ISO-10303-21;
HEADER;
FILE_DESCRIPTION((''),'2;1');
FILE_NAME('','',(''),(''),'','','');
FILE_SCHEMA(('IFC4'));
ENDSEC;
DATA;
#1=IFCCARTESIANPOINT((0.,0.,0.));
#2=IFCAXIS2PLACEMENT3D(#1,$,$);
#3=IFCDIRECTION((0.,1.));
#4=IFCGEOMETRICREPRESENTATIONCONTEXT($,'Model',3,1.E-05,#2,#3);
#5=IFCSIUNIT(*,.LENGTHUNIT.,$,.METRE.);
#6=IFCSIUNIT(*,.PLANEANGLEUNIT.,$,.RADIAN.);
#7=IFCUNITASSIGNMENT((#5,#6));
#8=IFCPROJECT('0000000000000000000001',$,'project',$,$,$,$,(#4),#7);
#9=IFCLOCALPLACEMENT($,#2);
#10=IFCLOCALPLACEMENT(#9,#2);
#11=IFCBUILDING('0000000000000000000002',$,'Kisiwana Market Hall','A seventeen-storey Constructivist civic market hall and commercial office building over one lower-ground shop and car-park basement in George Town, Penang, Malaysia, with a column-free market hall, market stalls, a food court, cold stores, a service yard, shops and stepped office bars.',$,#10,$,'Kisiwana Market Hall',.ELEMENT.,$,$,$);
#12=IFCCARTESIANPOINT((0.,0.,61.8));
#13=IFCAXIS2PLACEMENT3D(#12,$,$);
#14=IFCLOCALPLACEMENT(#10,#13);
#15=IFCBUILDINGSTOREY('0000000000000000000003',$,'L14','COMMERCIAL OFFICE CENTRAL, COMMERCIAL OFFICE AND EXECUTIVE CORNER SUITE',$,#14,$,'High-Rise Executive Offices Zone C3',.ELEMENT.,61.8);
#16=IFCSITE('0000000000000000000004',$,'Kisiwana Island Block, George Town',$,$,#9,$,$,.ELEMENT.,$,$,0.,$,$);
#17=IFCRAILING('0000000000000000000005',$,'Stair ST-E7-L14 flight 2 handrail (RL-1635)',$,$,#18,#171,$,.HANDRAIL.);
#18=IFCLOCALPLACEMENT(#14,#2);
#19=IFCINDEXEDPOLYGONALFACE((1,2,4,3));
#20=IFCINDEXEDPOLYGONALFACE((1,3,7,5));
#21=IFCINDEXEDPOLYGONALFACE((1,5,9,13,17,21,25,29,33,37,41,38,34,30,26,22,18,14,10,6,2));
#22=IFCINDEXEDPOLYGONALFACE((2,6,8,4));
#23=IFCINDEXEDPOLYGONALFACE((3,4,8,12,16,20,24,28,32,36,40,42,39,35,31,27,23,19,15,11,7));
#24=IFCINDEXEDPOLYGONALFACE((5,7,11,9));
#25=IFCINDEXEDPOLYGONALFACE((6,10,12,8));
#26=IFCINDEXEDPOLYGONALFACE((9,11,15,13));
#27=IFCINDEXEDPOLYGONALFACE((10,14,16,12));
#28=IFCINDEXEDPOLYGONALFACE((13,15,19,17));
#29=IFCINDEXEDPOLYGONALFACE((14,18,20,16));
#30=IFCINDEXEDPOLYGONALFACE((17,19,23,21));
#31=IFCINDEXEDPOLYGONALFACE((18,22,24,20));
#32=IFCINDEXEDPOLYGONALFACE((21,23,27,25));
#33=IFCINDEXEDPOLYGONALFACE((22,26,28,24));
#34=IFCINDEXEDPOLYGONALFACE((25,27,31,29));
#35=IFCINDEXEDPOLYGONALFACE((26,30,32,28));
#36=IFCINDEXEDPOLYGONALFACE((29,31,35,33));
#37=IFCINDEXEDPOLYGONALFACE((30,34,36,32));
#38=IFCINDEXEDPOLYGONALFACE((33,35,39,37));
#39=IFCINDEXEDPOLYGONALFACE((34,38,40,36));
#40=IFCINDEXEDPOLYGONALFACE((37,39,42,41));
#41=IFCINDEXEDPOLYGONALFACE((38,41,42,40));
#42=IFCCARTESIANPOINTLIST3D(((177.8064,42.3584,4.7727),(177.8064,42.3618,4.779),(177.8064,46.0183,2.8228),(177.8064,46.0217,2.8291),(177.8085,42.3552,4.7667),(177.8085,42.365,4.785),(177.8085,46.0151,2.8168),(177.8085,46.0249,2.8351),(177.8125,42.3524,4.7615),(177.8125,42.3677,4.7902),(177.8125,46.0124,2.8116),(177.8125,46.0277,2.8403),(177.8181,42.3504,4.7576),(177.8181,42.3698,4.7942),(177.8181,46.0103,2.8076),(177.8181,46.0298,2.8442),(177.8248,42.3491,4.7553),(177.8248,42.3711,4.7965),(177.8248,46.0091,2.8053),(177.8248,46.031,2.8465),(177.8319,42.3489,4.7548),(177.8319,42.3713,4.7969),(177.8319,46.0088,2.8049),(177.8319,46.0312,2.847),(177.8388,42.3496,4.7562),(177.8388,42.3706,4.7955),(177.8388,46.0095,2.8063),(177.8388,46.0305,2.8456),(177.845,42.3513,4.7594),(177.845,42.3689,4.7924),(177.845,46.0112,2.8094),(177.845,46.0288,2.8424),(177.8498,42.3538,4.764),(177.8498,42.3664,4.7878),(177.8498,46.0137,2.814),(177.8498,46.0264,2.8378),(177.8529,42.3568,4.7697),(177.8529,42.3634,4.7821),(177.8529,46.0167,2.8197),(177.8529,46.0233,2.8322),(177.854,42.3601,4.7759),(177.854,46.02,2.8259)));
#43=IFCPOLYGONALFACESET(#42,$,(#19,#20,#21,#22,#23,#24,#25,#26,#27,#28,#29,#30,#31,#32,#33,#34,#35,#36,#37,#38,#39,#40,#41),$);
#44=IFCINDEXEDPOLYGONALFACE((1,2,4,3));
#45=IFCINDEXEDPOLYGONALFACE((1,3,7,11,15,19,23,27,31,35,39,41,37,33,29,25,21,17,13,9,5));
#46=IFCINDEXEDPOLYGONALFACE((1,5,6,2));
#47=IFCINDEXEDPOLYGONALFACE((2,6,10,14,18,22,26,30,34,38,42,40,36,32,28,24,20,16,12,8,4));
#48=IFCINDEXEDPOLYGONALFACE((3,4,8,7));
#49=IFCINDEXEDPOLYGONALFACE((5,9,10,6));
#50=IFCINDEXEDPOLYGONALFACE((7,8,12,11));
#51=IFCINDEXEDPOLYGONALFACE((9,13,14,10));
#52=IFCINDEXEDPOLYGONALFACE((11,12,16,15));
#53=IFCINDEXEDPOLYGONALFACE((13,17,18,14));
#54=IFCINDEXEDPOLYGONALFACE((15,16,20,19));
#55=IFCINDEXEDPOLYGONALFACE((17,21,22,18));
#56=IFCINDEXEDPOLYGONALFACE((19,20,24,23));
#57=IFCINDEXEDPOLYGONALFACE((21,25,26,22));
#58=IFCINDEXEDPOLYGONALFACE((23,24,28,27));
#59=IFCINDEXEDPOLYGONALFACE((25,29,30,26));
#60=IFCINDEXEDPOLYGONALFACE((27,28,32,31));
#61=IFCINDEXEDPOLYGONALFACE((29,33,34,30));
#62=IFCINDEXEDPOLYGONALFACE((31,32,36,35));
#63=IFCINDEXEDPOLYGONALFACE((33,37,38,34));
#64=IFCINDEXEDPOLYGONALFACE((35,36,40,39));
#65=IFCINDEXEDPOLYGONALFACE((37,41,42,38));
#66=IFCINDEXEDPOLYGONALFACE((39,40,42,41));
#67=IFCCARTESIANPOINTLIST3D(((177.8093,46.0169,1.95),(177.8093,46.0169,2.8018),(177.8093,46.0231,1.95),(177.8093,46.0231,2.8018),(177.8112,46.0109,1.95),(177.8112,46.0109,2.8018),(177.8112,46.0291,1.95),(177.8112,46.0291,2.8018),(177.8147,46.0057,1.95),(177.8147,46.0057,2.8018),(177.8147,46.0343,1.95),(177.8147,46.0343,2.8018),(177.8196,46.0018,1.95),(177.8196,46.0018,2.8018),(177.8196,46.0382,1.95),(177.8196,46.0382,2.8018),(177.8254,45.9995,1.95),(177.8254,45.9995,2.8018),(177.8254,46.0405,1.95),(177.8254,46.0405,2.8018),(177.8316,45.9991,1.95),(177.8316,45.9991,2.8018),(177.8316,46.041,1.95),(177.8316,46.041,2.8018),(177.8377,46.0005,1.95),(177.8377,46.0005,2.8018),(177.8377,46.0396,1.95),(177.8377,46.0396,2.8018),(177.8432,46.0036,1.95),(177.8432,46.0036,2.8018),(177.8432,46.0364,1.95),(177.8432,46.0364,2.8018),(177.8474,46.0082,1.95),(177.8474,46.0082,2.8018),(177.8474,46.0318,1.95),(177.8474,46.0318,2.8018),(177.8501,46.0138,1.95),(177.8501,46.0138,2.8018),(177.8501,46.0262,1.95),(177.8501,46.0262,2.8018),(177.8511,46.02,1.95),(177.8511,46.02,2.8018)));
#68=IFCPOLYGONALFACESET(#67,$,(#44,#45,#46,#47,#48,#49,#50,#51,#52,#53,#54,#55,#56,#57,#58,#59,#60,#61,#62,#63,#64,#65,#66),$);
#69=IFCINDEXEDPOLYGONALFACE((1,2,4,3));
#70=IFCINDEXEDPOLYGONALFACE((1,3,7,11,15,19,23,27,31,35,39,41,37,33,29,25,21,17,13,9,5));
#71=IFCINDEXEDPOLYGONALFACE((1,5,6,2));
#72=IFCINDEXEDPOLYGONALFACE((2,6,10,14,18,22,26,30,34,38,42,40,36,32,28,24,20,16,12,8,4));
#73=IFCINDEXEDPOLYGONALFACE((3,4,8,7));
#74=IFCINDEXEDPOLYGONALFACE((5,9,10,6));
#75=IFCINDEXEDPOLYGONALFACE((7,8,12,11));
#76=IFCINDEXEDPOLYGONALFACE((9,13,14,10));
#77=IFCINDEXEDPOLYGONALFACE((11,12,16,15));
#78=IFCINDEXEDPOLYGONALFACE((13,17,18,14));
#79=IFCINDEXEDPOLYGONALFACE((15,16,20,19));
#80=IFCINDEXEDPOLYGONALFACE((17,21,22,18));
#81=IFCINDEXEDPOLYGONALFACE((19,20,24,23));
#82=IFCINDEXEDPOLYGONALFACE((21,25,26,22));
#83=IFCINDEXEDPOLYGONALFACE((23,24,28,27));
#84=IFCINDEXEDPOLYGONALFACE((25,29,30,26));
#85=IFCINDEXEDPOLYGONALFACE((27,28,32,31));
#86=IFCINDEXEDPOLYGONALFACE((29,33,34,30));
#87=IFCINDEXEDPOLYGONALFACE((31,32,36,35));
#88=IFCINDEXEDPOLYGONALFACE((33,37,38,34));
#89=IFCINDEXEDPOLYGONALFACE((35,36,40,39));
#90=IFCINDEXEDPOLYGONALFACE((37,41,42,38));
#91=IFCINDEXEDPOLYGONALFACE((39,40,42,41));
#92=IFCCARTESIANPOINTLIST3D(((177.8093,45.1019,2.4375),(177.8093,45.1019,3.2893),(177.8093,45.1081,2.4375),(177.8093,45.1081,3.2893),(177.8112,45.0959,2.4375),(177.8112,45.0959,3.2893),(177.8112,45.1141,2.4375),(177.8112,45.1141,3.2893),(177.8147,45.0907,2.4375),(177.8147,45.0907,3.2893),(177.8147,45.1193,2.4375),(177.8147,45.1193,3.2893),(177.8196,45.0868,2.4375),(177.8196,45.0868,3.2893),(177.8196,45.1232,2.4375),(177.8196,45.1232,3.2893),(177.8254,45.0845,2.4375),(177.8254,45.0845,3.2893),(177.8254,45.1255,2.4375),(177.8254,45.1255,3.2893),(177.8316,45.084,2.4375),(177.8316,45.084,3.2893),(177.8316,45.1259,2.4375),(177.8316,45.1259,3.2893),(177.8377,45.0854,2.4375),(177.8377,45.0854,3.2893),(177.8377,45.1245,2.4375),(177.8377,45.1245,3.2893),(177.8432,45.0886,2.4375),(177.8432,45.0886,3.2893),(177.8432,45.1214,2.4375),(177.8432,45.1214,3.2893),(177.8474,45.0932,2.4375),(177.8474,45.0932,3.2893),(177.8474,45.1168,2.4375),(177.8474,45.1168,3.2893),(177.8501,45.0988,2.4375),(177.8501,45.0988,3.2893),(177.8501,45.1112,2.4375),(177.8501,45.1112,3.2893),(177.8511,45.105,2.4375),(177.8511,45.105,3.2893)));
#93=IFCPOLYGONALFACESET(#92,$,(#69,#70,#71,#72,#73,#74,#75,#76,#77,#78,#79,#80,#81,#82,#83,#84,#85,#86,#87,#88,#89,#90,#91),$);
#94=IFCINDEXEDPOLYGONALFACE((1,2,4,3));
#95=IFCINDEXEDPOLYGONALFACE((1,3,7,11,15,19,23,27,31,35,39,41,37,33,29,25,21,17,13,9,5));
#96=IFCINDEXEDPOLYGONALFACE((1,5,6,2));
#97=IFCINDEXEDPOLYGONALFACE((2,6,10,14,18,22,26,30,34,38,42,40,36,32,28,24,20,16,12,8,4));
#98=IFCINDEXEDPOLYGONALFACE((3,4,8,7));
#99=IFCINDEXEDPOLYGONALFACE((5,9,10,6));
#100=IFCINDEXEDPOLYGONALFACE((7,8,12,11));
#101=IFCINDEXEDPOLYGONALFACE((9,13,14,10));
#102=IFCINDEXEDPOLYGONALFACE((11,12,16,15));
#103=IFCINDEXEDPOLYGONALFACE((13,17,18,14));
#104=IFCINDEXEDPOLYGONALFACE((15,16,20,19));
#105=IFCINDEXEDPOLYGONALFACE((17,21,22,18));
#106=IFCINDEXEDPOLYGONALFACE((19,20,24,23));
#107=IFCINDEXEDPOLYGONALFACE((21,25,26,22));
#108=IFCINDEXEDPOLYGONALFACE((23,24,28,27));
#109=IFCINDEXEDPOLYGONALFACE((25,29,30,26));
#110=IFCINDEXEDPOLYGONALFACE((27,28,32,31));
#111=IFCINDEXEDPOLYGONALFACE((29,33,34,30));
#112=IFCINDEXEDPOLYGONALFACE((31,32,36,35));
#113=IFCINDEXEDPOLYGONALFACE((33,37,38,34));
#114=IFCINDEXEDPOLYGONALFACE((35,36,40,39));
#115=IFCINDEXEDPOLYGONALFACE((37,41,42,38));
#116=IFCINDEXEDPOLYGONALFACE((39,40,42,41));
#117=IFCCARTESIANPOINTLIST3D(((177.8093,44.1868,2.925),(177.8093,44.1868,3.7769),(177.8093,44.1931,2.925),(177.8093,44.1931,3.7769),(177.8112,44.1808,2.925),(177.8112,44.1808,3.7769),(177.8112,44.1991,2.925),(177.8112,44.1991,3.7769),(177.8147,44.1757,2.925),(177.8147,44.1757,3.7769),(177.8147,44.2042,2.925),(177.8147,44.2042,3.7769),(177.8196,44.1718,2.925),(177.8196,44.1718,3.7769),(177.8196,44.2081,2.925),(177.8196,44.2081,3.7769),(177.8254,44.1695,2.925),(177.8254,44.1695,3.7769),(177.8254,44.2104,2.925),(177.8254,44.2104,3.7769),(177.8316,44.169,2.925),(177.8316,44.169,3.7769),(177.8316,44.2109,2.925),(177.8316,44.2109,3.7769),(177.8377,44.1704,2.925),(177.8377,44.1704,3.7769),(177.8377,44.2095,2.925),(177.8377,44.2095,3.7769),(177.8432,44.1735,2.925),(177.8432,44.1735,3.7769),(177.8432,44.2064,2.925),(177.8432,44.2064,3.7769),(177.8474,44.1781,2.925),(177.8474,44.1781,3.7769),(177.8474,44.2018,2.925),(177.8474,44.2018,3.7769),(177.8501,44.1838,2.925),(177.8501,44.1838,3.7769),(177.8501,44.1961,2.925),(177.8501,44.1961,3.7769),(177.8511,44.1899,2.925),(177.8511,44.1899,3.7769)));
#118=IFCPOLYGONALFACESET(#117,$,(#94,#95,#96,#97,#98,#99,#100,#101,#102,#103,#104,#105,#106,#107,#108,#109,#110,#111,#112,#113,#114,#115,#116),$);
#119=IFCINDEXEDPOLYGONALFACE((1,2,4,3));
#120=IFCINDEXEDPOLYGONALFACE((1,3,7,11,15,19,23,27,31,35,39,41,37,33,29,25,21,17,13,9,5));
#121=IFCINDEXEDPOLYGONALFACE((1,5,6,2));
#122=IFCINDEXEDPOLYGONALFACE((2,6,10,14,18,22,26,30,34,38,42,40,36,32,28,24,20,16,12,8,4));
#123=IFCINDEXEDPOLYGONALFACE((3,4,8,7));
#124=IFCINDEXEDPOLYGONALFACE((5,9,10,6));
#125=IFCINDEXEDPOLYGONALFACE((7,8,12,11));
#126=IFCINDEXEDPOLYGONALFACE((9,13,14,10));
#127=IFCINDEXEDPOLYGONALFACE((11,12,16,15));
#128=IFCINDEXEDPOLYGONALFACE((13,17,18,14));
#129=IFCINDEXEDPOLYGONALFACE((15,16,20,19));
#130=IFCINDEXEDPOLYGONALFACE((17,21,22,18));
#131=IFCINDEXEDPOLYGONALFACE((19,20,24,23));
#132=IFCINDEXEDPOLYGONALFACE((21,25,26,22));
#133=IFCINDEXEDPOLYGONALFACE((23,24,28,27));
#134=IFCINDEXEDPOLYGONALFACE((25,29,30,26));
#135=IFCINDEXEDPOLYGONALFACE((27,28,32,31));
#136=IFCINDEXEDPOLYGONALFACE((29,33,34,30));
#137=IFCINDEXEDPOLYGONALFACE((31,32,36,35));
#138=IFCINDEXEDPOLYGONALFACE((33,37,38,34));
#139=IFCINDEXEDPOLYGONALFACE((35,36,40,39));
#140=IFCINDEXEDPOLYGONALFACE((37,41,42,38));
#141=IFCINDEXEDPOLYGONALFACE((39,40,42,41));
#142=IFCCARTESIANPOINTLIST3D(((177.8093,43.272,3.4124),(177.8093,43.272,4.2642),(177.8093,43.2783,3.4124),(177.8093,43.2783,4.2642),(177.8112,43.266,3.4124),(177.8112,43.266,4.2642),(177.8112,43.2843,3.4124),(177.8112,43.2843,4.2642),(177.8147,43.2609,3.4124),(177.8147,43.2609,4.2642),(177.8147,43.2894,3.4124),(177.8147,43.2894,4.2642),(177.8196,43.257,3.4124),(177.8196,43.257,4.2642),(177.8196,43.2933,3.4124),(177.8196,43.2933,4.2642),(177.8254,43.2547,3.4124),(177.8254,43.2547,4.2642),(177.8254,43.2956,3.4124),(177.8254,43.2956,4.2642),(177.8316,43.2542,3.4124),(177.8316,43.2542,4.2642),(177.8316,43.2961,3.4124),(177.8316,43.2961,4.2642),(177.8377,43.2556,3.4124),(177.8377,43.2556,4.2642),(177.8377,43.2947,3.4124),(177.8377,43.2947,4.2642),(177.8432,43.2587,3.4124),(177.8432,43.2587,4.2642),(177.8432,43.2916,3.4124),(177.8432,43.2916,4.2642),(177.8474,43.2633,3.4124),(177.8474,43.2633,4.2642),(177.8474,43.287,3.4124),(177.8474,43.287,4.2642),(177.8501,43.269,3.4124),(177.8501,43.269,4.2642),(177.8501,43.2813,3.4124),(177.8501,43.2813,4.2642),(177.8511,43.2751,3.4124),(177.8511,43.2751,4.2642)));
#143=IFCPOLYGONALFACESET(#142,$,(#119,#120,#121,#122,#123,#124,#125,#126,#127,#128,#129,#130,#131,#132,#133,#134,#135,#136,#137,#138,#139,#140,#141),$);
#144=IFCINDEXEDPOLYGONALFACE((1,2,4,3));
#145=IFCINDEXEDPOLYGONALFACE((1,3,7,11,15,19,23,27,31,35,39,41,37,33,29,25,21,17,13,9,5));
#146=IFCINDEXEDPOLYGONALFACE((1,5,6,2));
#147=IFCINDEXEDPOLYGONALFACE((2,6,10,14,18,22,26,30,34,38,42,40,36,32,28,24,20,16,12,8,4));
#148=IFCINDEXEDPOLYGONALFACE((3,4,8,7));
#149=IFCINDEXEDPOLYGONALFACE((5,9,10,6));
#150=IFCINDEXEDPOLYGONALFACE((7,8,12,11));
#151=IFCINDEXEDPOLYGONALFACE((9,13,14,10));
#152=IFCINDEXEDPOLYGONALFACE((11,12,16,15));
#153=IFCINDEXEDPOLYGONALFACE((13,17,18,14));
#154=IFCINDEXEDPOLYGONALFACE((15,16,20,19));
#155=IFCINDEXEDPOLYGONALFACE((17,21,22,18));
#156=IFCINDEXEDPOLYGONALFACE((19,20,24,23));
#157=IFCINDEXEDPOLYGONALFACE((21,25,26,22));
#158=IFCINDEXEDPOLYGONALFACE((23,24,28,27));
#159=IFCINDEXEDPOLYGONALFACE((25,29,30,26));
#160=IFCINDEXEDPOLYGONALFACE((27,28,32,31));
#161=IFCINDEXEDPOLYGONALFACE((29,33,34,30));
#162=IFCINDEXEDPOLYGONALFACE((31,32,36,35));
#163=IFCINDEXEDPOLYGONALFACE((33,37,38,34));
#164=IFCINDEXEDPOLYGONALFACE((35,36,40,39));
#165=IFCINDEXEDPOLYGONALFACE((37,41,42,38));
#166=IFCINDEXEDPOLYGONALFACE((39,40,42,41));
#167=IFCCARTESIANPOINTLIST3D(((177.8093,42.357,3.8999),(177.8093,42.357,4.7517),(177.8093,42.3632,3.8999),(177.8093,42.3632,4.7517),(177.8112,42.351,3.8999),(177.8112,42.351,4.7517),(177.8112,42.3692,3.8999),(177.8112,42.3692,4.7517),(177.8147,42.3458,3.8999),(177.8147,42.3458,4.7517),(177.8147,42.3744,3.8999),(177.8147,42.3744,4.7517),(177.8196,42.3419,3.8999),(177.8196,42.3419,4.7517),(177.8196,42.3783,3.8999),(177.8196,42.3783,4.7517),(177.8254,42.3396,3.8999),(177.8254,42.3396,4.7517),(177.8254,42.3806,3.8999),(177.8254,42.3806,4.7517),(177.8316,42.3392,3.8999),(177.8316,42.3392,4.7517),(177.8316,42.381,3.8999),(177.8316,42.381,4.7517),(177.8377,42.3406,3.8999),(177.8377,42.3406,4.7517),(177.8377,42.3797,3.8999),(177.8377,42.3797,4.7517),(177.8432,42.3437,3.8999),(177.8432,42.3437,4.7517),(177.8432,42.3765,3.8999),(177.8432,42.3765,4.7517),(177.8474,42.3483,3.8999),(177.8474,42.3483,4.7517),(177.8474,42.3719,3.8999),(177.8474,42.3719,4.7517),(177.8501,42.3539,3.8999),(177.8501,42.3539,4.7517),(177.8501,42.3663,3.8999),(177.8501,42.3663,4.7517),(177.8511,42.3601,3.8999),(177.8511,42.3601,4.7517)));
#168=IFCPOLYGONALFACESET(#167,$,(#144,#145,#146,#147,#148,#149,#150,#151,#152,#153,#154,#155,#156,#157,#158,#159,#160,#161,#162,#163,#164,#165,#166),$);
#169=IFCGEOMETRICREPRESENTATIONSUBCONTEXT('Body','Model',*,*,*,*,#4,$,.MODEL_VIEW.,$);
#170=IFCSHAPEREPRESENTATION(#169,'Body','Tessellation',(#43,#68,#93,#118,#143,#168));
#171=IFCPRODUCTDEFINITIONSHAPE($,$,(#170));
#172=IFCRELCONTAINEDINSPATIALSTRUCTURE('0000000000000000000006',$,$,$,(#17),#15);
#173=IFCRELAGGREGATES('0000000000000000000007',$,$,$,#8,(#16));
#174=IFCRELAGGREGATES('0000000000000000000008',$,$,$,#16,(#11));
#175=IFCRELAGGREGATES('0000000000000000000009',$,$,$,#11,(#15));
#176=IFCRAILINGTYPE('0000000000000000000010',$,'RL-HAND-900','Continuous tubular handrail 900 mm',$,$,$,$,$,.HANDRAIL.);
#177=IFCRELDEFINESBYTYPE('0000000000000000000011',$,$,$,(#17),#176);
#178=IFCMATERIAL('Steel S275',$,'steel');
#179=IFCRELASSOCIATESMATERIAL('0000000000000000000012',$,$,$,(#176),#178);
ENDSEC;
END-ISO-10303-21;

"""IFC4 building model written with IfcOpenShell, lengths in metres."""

from ifc_helpers import new_model, si_unit, direction, frame, origin, origin_2d, place, context, subcontext, project, spatial, circle, extrude, material, type_object, element, save


model = new_model("IFC4")

# Units and contexts
model_context = context("Model", 3, precision=1e-05, world=origin(), true_north=direction((0.0, 1.0)))
body_context = subcontext(model_context, "Body", "Model", "MODEL_VIEW")
ifc_project = project(units=[si_unit("LENGTHUNIT", "METRE"), si_unit("PLANEANGLEUNIT", "RADIAN")], contexts=[model_context])

# Site, building, storey
site_placement = place(None, origin())
site = spatial("IfcSite", under=ifc_project, at=site_placement, Name="Kisiwana Island Block, George Town", CompositionType="ELEMENT", RefElevation=0.0)
building_placement = place(site_placement, origin())
building = spatial("IfcBuilding", under=site, at=building_placement, Name="Kisiwana Market Hall", Description="A seventeen-storey Constructivist civic market hall and commercial office building over one lower-ground shop and car-park basement in George Town, Penang, Malaysia, with a column-free market hall, market stalls, a food court, cold stores, a service yard, shops and stepped office bars.", LongName="Kisiwana Market Hall", CompositionType="ELEMENT")
storey_placement = place(building_placement, frame((0.0, 0.0, 61.8)))
storey = spatial("IfcBuildingStorey", under=building, at=storey_placement, Name="L14", Description="COMMERCIAL OFFICE CENTRAL, COMMERCIAL OFFICE AND EXECUTIVE CORNER SUITE", LongName="High-Rise Executive Offices Zone C3", CompositionType="ELEMENT", Elevation=61.8)

# Railing
ifc_material_1 = material(Name="Steel S275", Category="steel")
railing_type_1 = type_object("IfcRailingType", Name="RL-HAND-900", Description="Continuous tubular handrail 900 mm", PredefinedType="HANDRAIL", material=ifc_material_1)
railing_1_placement = place(storey_placement, frame((177.8301, 46.02, 1.95)))
element("IfcRailing", 1, at=railing_1_placement, inside=storey, type_object=railing_type_1, Name="Stair ST-E7-L14 flight 2 handrail (RL-1635)", PredefinedType="HANDRAIL", context=body_context, shape_type="SweptSolid", body=[
    extrude(circle(Radius=0.0239, at=origin_2d()), frame((0.0, 0.0, 0.876), z_axis=(0.0, -0.882553, 0.470212), x_axis=(1.0, 0.0, 0.0)), (0.0, 0.0, 1.0), 4.147),
    extrude(circle(Radius=0.021, at=origin_2d()), origin(), (0.0, 0.0, 1.0), 0.8518),
    extrude(circle(Radius=0.021, at=origin_2d()), frame((0.0, -0.915, 0.4875)), (0.0, 0.0, 1.0), 0.8518),
    extrude(circle(Radius=0.021, at=origin_2d()), frame((0.0, -1.8301, 0.9751)), (0.0, 0.0, 1.0), 0.8518),
    extrude(circle(Radius=0.021, at=origin_2d()), frame((0.0, -2.7449, 1.4624)), (0.0, 0.0, 1.0), 0.8518),
    extrude(circle(Radius=0.021, at=origin_2d()), frame((0.0, -3.6599, 1.95)), (0.0, 0.0, 1.0), 0.8518),
])

save(model, "model.ifc")
